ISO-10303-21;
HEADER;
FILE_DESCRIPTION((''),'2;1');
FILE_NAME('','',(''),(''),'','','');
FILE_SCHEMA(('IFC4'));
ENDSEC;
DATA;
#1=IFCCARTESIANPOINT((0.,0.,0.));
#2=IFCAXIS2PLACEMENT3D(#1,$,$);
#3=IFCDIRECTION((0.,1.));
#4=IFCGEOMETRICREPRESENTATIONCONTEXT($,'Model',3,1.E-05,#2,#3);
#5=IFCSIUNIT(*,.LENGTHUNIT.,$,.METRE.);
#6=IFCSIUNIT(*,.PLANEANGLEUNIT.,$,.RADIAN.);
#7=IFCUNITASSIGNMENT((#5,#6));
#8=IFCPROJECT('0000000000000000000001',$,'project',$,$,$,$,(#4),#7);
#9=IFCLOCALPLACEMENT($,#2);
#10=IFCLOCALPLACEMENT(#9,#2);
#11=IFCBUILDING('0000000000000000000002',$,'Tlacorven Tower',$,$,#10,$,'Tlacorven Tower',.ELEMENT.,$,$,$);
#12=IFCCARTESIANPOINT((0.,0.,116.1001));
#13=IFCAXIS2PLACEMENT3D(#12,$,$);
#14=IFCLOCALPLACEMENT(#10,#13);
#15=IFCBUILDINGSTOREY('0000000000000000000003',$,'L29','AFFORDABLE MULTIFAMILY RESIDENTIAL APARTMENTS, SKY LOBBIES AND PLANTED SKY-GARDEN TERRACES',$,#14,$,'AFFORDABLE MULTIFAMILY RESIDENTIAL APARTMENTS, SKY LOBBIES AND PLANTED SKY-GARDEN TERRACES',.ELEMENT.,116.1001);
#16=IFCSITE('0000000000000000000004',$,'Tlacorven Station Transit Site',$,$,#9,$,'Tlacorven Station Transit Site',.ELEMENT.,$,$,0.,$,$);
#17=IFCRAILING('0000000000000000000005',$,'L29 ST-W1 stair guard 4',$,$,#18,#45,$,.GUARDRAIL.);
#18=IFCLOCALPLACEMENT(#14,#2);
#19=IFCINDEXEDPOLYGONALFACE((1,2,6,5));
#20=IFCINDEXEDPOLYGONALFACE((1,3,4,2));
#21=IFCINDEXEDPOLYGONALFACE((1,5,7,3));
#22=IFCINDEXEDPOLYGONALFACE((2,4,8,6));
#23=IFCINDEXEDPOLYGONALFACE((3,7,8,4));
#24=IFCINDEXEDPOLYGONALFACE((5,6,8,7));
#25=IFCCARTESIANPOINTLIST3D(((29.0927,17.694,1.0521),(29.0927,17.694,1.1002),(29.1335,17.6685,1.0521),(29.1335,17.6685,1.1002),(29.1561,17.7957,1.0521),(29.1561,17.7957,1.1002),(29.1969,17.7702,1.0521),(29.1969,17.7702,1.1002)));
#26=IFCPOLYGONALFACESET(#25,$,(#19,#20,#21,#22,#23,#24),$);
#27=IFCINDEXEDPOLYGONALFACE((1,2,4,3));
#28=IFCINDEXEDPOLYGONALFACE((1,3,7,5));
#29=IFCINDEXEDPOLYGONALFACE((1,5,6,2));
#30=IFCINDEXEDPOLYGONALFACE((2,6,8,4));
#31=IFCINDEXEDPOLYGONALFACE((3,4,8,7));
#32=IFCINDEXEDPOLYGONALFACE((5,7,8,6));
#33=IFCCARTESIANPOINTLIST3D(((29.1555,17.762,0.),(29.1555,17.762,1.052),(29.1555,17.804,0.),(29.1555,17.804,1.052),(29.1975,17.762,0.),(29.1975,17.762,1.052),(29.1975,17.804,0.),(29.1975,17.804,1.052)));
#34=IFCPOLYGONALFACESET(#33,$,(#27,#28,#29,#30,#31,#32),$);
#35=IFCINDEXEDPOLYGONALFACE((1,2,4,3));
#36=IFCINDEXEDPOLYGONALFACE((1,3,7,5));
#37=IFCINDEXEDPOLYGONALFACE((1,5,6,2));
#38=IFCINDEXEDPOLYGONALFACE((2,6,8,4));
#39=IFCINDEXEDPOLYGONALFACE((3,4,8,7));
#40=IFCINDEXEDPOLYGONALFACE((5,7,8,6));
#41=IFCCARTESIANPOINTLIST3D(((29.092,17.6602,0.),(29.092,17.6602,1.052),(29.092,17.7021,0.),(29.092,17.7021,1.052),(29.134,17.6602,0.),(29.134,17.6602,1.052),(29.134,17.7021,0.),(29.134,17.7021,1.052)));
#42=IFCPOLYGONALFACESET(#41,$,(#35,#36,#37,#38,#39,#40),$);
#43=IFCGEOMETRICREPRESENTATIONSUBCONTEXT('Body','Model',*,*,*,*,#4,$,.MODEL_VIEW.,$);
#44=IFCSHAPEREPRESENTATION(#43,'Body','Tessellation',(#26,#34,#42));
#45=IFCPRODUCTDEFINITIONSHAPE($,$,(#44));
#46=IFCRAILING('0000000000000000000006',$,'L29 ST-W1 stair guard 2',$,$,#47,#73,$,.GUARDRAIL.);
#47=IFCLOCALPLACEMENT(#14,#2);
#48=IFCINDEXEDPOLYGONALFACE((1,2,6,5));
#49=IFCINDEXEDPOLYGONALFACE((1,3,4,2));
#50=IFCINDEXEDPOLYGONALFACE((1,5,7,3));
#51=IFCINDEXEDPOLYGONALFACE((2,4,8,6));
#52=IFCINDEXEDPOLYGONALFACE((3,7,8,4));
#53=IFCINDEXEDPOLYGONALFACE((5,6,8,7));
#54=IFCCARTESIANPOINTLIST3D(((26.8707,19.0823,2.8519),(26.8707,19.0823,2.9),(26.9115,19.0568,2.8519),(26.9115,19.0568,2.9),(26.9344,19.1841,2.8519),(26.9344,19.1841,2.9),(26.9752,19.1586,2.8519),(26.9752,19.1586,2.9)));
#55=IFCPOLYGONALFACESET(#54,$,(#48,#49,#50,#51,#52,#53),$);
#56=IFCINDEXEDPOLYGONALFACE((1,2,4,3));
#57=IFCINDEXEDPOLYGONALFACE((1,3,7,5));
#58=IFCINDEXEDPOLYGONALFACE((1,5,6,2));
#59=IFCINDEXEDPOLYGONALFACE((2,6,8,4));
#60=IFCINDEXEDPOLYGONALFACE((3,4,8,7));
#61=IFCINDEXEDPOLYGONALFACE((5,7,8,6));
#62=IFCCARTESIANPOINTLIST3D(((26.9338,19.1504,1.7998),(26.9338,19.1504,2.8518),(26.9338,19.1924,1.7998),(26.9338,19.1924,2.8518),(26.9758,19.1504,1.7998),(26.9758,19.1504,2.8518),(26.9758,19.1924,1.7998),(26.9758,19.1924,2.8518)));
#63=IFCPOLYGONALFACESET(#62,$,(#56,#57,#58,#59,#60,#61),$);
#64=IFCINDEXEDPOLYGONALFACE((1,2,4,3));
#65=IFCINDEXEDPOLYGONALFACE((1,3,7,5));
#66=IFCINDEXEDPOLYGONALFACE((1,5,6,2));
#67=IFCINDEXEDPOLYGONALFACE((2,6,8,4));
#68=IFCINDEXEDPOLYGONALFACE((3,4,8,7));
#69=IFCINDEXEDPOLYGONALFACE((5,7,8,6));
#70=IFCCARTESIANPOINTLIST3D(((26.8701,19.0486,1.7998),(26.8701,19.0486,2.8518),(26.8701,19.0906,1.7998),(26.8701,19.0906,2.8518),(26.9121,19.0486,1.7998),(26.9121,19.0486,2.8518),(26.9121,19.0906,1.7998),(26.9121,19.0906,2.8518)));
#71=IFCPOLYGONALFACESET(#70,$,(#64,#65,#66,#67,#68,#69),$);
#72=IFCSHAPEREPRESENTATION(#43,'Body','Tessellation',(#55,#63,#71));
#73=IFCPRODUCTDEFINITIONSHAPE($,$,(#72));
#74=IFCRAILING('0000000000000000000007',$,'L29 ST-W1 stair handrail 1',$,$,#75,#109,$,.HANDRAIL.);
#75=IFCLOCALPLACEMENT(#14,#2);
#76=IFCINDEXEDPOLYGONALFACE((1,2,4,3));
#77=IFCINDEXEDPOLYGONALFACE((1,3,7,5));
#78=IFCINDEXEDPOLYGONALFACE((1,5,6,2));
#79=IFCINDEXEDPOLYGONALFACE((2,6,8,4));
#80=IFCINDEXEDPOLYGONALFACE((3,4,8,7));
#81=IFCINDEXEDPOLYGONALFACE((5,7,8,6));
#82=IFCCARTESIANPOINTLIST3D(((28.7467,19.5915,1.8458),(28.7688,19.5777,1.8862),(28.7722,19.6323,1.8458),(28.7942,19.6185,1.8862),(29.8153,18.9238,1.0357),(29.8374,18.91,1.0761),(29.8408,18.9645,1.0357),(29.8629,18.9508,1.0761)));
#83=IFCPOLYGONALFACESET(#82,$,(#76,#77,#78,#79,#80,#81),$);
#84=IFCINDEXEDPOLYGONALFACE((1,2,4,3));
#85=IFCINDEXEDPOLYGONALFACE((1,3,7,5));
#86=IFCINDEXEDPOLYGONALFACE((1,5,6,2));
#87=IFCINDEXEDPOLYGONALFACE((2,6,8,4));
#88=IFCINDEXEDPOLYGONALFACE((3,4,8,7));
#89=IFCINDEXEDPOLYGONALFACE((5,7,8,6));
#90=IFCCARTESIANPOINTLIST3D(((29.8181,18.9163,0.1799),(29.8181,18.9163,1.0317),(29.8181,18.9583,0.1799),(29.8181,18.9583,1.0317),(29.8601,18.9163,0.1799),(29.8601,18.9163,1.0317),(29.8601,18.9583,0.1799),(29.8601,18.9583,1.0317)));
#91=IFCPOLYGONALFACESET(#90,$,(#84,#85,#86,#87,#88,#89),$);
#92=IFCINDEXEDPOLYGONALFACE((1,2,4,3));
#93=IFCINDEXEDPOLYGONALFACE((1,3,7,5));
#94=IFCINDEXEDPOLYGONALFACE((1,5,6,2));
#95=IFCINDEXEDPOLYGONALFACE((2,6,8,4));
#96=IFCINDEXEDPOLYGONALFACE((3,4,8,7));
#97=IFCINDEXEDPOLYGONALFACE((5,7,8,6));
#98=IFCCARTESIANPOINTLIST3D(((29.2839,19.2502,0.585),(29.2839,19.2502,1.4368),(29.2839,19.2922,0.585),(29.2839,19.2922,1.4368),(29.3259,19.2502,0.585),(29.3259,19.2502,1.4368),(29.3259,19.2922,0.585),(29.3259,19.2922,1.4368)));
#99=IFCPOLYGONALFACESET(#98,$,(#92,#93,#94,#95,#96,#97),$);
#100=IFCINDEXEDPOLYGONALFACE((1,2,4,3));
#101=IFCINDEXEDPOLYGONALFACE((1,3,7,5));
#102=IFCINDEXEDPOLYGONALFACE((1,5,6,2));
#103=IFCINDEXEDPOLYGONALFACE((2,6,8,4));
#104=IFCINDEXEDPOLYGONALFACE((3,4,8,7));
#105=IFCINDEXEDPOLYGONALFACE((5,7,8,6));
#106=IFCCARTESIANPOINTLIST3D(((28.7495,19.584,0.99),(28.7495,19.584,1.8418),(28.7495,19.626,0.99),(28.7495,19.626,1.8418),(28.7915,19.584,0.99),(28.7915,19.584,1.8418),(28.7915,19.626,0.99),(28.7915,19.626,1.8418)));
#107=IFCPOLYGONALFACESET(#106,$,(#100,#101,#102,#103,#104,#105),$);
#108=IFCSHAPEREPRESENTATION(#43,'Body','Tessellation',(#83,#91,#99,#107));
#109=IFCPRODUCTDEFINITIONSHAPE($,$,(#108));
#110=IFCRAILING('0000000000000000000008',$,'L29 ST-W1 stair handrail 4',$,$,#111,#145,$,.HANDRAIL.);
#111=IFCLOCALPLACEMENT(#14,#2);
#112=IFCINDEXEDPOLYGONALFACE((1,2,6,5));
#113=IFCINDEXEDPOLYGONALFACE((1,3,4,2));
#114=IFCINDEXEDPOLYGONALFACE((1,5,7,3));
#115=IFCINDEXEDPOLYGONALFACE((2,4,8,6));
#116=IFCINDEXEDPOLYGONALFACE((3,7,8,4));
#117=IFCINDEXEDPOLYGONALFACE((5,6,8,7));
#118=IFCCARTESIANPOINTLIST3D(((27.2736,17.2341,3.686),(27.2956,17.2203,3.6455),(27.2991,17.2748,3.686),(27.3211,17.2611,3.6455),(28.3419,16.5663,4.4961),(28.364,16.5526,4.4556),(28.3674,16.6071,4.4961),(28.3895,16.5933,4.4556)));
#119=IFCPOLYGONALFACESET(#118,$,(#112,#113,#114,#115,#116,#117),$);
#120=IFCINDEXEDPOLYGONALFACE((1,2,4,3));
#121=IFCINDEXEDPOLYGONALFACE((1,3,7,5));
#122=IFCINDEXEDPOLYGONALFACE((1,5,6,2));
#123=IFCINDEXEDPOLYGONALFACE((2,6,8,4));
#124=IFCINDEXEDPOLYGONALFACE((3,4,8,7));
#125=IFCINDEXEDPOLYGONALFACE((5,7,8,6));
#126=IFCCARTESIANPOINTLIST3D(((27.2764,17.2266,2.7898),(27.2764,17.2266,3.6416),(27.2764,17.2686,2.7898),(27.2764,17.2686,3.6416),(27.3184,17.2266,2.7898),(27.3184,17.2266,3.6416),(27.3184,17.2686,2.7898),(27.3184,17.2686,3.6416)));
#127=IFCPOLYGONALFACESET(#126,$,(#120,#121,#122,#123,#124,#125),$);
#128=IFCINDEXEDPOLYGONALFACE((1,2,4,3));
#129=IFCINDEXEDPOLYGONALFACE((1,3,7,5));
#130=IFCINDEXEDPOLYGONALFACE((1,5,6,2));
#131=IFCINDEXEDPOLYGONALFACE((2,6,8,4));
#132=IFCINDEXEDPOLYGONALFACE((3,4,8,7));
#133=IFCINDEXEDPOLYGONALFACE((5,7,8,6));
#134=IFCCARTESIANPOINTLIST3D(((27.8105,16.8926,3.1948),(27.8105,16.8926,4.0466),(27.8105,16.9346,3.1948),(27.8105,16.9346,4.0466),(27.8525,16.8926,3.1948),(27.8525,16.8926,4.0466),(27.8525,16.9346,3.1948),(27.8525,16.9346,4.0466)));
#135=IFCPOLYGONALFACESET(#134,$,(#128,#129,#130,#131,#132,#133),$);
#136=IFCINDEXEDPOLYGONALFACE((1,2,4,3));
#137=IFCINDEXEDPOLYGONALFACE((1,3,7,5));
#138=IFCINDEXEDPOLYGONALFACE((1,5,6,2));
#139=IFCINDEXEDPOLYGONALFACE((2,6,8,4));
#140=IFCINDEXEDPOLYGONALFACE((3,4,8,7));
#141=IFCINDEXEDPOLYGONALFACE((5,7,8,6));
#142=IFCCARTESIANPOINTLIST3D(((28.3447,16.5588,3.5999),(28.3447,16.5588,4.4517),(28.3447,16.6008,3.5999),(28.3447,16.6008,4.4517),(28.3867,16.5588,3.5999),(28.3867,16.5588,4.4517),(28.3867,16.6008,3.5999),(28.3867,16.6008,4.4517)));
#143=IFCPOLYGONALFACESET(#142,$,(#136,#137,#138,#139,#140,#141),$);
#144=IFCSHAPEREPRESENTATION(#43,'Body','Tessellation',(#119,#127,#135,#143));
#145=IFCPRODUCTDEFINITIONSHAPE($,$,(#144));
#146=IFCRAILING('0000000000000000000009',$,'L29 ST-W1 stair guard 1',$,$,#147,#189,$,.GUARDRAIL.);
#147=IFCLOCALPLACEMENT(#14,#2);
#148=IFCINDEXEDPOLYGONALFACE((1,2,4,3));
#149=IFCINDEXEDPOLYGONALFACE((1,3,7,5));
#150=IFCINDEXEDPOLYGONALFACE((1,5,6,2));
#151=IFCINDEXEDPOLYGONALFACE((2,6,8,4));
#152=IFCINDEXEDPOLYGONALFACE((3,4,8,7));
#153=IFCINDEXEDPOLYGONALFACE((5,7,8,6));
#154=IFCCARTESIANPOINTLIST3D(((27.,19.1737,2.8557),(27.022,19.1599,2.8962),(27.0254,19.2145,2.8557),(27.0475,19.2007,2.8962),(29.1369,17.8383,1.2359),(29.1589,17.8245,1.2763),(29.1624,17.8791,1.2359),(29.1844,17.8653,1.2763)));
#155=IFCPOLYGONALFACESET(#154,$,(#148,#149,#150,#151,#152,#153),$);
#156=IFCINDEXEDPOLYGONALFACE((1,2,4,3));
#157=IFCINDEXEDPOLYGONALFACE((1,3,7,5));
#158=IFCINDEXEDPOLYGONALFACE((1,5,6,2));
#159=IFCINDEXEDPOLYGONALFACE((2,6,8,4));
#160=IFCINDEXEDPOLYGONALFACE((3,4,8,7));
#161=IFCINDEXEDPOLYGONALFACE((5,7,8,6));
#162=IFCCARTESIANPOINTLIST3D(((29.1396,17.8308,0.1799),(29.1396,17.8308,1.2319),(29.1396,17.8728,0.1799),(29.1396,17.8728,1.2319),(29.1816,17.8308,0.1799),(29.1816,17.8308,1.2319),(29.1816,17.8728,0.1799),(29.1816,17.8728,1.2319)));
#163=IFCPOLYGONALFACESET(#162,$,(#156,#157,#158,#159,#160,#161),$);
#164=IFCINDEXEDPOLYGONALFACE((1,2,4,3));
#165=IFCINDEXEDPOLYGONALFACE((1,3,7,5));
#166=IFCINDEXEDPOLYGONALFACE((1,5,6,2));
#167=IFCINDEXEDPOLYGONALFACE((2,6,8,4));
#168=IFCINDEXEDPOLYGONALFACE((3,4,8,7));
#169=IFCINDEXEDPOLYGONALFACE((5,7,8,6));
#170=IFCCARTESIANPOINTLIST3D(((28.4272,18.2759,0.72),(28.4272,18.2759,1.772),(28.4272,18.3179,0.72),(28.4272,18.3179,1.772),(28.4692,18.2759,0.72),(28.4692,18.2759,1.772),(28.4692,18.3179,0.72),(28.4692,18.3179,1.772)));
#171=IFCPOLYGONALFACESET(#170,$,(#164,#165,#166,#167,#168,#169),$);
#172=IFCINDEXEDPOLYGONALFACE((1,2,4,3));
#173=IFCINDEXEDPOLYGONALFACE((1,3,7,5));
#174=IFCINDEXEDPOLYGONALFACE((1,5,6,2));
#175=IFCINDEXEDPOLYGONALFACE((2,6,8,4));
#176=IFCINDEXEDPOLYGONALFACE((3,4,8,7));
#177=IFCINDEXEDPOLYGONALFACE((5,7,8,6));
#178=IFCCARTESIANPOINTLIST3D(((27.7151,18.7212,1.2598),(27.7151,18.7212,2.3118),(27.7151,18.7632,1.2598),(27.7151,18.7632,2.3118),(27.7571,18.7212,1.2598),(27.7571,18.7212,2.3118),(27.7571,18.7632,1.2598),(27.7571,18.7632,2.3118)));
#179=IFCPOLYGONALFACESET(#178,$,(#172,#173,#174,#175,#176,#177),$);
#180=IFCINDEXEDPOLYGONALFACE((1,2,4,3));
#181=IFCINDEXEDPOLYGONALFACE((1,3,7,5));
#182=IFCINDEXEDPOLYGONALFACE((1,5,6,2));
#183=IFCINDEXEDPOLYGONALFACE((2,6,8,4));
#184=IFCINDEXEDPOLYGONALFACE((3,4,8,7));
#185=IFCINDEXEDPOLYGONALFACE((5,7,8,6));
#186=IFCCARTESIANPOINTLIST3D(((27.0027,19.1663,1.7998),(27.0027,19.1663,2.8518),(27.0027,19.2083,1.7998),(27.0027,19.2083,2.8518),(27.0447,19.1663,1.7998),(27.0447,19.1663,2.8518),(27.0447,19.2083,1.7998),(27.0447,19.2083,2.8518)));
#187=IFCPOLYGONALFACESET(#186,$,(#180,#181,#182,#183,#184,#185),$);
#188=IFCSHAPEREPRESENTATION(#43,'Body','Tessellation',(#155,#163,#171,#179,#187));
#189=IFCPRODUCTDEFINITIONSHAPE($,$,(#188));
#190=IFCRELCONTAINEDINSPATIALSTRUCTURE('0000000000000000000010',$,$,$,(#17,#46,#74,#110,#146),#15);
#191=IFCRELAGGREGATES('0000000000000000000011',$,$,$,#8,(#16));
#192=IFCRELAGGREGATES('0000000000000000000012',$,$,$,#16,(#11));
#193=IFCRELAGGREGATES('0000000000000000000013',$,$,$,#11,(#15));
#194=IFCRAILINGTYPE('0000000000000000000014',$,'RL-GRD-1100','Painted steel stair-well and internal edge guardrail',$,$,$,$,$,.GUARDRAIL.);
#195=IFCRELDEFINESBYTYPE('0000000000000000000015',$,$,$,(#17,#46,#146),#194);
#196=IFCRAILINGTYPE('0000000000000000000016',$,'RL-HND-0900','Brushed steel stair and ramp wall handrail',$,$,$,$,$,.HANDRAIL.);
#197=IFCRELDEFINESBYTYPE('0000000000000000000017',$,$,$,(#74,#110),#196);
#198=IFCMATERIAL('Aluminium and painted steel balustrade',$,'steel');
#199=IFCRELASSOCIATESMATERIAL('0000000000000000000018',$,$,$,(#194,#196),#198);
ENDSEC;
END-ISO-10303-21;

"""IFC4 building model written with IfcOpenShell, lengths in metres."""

from ifc_helpers import new_model, si_unit, direction, frame, origin, origin_2d, place, context, subcontext, project, spatial, rectangle, extrude, source, transform, mapped, material, type_object, element, save


model = new_model("IFC4")

# Units and contexts
model_context = context("Model", 3, precision=1e-05, world=origin(), true_north=direction((0.0, 1.0)))
body_context = subcontext(model_context, "Body", "Model", "MODEL_VIEW")
ifc_project = project(units=[si_unit("LENGTHUNIT", "METRE"), si_unit("PLANEANGLEUNIT", "RADIAN")], contexts=[model_context])

# Site, building, storey
site_placement = place(None, origin())
site = spatial("IfcSite", under=ifc_project, at=site_placement, Name="Tlacorven Station Transit Site", LongName="Tlacorven Station Transit Site", CompositionType="ELEMENT", RefElevation=0.0)
building_placement = place(site_placement, origin())
building = spatial("IfcBuilding", under=site, at=building_placement, Name="Tlacorven Tower", LongName="Tlacorven Tower", CompositionType="ELEMENT")
storey_placement = place(building_placement, frame((0.0, 0.0, 116.1001)))
storey = spatial("IfcBuildingStorey", under=building, at=storey_placement, Name="L29", Description="AFFORDABLE MULTIFAMILY RESIDENTIAL APARTMENTS, SKY LOBBIES AND PLANTED SKY-GARDEN TERRACES", LongName="AFFORDABLE MULTIFAMILY RESIDENTIAL APARTMENTS, SKY LOBBIES AND PLANTED SKY-GARDEN TERRACES", CompositionType="ELEMENT", Elevation=116.1001)

# Railings
ifc_material_1 = material(Name="Aluminium and painted steel balustrade", Category="steel")
railing_type_1 = type_object("IfcRailingType", Name="RL-GRD-1100", Description="Painted steel stair-well and internal edge guardrail", PredefinedType="GUARDRAIL", material=ifc_material_1)
shared_shape_1 = source(origin(), body_context, "Body", "SweptSolid", [
    extrude(rectangle(XDim=0.0481, YDim=0.0481, at=origin_2d()), frame((0.0, 0.0, 1.0762), z_axis=(-0.529084, -0.848569, 0.0), x_axis=(0.848569, -0.529084, 0.0)), (0.0, 0.0, 1.0), 0.1199),
    extrude(rectangle(XDim=0.042, YDim=0.042, at=origin_2d()), origin(), (0.0, 0.0, 1.0), 1.052),
    extrude(rectangle(XDim=0.042, YDim=0.042, at=origin_2d()), frame((-0.0635, -0.1018, 0.0)), (0.0, 0.0, 1.0), 1.052),
])
railing_1_placement = place(storey_placement, frame((29.1765, 17.783, 0.0)))
element("IfcRailing", 1, at=railing_1_placement, inside=storey, type_object=railing_type_1, Name="L29 ST-W1 stair guard 4", PredefinedType="GUARDRAIL", context=body_context, shape_type="MappedRepresentation", body=[
    mapped(shared_shape_1, transform((0.0, 0.0, 0.0), scale=1.0)),
])
shared_shape_2 = source(origin(), body_context, "Body", "SweptSolid", [
    extrude(rectangle(XDim=0.0481, YDim=0.0481, at=origin_2d()), frame((0.0, 0.0, 1.0762), z_axis=(-0.530547, -0.847656, 0.0), x_axis=(0.847656, -0.530547, 0.0)), (0.0, 0.0, 1.0), 0.1201),
    extrude(rectangle(XDim=0.042, YDim=0.042, at=origin_2d()), origin(), (0.0, 0.0, 1.0), 1.052),
    extrude(rectangle(XDim=0.042, YDim=0.042, at=origin_2d()), frame((-0.0637, -0.1018, 0.0)), (0.0, 0.0, 1.0), 1.052),
])
railing_2_placement = place(storey_placement, frame((26.9548, 19.1714, 1.7998)))
element("IfcRailing", 2, at=railing_2_placement, inside=storey, type_object=railing_type_1, Name="L29 ST-W1 stair guard 2", PredefinedType="GUARDRAIL", context=body_context, shape_type="MappedRepresentation", body=[
    mapped(shared_shape_2, transform((0.0, 0.0, 0.0), scale=1.0)),
])
railing_type_2 = type_object("IfcRailingType", Name="RL-HND-0900", Description="Brushed steel stair and ramp wall handrail", PredefinedType="HANDRAIL", material=ifc_material_1)
shared_shape_3 = source(origin(), body_context, "Body", "SweptSolid", [
    extrude(rectangle(XDim=0.0481, YDim=0.0481, at=origin_2d()), frame((0.0, 0.0, 0.876), z_axis=(-0.71336, 0.445748, 0.540765), x_axis=(-0.529912, -0.848053, 0.0)), (0.0, 0.0, 1.0), 1.498),
    extrude(rectangle(XDim=0.042, YDim=0.042, at=origin_2d()), origin(), (0.0, 0.0, 1.0), 0.8518),
    extrude(rectangle(XDim=0.042, YDim=0.042, at=origin_2d()), frame((-0.5342, 0.334, 0.405)), (0.0, 0.0, 1.0), 0.8518),
    extrude(rectangle(XDim=0.042, YDim=0.042, at=origin_2d()), frame((-1.0686, 0.6677, 0.8101)), (0.0, 0.0, 1.0), 0.8518),
])
railing_3_placement = place(storey_placement, frame((29.8391, 18.9373, 0.1799)))
element("IfcRailing", 3, at=railing_3_placement, inside=storey, type_object=railing_type_2, Name="L29 ST-W1 stair handrail 1", PredefinedType="HANDRAIL", context=body_context, shape_type="MappedRepresentation", body=[
    mapped(shared_shape_3, transform((0.0, 0.0, 0.0), scale=1.0)),
])
shared_shape_4 = source(origin(), body_context, "Body", "SweptSolid", [
    extrude(rectangle(XDim=0.0481, YDim=0.0481, at=origin_2d()), frame((0.0, 0.0, 0.876), z_axis=(0.71328, -0.4458, 0.540828), x_axis=(0.529999, 0.847998, 0.0)), (0.0, 0.0, 1.0), 1.4978),
    extrude(rectangle(XDim=0.042, YDim=0.042, at=origin_2d()), origin(), (0.0, 0.0, 1.0), 0.8518),
    extrude(rectangle(XDim=0.042, YDim=0.042, at=origin_2d()), frame((0.5342, -0.334, 0.405)), (0.0, 0.0, 1.0), 0.8518),
    extrude(rectangle(XDim=0.042, YDim=0.042, at=origin_2d()), frame((1.0684, -0.6677, 0.8101)), (0.0, 0.0, 1.0), 0.8518),
])
railing_4_placement = place(storey_placement, frame((27.2974, 17.2476, 2.7898)))
element("IfcRailing", 4, at=railing_4_placement, inside=storey, type_object=railing_type_2, Name="L29 ST-W1 stair handrail 4", PredefinedType="HANDRAIL", context=body_context, shape_type="MappedRepresentation", body=[
    mapped(shared_shape_4, transform((0.0, 0.0, 0.0), scale=1.0)),
])
shared_shape_5 = source(origin(), body_context, "Body", "SweptSolid", [
    extrude(rectangle(XDim=0.0481, YDim=0.0481, at=origin_2d()), frame((0.0, 0.0, 1.0762), z_axis=(-0.713351, 0.445794, 0.540739), x_axis=(-0.529955, -0.848026, 0.0)), (0.0, 0.0, 1.0), 2.9956),
    extrude(rectangle(XDim=0.042, YDim=0.042, at=origin_2d()), origin(), (0.0, 0.0, 1.0), 1.052),
    extrude(rectangle(XDim=0.042, YDim=0.042, at=origin_2d()), frame((-0.7124, 0.4451, 0.54)), (0.0, 0.0, 1.0), 1.052),
    extrude(rectangle(XDim=0.042, YDim=0.042, at=origin_2d()), frame((-1.4246, 0.8904, 1.0798)), (0.0, 0.0, 1.0), 1.052),
    extrude(rectangle(XDim=0.042, YDim=0.042, at=origin_2d()), frame((-2.137, 1.3354, 1.6199)), (0.0, 0.0, 1.0), 1.052),
])
railing_5_placement = place(storey_placement, frame((29.1606, 17.8518, 0.1799)))
element("IfcRailing", 5, at=railing_5_placement, inside=storey, type_object=railing_type_1, Name="L29 ST-W1 stair guard 1", PredefinedType="GUARDRAIL", context=body_context, shape_type="MappedRepresentation", body=[
    mapped(shared_shape_5, transform((0.0, 0.0, 0.0), scale=1.0)),
])

save(model, "model.ifc")
